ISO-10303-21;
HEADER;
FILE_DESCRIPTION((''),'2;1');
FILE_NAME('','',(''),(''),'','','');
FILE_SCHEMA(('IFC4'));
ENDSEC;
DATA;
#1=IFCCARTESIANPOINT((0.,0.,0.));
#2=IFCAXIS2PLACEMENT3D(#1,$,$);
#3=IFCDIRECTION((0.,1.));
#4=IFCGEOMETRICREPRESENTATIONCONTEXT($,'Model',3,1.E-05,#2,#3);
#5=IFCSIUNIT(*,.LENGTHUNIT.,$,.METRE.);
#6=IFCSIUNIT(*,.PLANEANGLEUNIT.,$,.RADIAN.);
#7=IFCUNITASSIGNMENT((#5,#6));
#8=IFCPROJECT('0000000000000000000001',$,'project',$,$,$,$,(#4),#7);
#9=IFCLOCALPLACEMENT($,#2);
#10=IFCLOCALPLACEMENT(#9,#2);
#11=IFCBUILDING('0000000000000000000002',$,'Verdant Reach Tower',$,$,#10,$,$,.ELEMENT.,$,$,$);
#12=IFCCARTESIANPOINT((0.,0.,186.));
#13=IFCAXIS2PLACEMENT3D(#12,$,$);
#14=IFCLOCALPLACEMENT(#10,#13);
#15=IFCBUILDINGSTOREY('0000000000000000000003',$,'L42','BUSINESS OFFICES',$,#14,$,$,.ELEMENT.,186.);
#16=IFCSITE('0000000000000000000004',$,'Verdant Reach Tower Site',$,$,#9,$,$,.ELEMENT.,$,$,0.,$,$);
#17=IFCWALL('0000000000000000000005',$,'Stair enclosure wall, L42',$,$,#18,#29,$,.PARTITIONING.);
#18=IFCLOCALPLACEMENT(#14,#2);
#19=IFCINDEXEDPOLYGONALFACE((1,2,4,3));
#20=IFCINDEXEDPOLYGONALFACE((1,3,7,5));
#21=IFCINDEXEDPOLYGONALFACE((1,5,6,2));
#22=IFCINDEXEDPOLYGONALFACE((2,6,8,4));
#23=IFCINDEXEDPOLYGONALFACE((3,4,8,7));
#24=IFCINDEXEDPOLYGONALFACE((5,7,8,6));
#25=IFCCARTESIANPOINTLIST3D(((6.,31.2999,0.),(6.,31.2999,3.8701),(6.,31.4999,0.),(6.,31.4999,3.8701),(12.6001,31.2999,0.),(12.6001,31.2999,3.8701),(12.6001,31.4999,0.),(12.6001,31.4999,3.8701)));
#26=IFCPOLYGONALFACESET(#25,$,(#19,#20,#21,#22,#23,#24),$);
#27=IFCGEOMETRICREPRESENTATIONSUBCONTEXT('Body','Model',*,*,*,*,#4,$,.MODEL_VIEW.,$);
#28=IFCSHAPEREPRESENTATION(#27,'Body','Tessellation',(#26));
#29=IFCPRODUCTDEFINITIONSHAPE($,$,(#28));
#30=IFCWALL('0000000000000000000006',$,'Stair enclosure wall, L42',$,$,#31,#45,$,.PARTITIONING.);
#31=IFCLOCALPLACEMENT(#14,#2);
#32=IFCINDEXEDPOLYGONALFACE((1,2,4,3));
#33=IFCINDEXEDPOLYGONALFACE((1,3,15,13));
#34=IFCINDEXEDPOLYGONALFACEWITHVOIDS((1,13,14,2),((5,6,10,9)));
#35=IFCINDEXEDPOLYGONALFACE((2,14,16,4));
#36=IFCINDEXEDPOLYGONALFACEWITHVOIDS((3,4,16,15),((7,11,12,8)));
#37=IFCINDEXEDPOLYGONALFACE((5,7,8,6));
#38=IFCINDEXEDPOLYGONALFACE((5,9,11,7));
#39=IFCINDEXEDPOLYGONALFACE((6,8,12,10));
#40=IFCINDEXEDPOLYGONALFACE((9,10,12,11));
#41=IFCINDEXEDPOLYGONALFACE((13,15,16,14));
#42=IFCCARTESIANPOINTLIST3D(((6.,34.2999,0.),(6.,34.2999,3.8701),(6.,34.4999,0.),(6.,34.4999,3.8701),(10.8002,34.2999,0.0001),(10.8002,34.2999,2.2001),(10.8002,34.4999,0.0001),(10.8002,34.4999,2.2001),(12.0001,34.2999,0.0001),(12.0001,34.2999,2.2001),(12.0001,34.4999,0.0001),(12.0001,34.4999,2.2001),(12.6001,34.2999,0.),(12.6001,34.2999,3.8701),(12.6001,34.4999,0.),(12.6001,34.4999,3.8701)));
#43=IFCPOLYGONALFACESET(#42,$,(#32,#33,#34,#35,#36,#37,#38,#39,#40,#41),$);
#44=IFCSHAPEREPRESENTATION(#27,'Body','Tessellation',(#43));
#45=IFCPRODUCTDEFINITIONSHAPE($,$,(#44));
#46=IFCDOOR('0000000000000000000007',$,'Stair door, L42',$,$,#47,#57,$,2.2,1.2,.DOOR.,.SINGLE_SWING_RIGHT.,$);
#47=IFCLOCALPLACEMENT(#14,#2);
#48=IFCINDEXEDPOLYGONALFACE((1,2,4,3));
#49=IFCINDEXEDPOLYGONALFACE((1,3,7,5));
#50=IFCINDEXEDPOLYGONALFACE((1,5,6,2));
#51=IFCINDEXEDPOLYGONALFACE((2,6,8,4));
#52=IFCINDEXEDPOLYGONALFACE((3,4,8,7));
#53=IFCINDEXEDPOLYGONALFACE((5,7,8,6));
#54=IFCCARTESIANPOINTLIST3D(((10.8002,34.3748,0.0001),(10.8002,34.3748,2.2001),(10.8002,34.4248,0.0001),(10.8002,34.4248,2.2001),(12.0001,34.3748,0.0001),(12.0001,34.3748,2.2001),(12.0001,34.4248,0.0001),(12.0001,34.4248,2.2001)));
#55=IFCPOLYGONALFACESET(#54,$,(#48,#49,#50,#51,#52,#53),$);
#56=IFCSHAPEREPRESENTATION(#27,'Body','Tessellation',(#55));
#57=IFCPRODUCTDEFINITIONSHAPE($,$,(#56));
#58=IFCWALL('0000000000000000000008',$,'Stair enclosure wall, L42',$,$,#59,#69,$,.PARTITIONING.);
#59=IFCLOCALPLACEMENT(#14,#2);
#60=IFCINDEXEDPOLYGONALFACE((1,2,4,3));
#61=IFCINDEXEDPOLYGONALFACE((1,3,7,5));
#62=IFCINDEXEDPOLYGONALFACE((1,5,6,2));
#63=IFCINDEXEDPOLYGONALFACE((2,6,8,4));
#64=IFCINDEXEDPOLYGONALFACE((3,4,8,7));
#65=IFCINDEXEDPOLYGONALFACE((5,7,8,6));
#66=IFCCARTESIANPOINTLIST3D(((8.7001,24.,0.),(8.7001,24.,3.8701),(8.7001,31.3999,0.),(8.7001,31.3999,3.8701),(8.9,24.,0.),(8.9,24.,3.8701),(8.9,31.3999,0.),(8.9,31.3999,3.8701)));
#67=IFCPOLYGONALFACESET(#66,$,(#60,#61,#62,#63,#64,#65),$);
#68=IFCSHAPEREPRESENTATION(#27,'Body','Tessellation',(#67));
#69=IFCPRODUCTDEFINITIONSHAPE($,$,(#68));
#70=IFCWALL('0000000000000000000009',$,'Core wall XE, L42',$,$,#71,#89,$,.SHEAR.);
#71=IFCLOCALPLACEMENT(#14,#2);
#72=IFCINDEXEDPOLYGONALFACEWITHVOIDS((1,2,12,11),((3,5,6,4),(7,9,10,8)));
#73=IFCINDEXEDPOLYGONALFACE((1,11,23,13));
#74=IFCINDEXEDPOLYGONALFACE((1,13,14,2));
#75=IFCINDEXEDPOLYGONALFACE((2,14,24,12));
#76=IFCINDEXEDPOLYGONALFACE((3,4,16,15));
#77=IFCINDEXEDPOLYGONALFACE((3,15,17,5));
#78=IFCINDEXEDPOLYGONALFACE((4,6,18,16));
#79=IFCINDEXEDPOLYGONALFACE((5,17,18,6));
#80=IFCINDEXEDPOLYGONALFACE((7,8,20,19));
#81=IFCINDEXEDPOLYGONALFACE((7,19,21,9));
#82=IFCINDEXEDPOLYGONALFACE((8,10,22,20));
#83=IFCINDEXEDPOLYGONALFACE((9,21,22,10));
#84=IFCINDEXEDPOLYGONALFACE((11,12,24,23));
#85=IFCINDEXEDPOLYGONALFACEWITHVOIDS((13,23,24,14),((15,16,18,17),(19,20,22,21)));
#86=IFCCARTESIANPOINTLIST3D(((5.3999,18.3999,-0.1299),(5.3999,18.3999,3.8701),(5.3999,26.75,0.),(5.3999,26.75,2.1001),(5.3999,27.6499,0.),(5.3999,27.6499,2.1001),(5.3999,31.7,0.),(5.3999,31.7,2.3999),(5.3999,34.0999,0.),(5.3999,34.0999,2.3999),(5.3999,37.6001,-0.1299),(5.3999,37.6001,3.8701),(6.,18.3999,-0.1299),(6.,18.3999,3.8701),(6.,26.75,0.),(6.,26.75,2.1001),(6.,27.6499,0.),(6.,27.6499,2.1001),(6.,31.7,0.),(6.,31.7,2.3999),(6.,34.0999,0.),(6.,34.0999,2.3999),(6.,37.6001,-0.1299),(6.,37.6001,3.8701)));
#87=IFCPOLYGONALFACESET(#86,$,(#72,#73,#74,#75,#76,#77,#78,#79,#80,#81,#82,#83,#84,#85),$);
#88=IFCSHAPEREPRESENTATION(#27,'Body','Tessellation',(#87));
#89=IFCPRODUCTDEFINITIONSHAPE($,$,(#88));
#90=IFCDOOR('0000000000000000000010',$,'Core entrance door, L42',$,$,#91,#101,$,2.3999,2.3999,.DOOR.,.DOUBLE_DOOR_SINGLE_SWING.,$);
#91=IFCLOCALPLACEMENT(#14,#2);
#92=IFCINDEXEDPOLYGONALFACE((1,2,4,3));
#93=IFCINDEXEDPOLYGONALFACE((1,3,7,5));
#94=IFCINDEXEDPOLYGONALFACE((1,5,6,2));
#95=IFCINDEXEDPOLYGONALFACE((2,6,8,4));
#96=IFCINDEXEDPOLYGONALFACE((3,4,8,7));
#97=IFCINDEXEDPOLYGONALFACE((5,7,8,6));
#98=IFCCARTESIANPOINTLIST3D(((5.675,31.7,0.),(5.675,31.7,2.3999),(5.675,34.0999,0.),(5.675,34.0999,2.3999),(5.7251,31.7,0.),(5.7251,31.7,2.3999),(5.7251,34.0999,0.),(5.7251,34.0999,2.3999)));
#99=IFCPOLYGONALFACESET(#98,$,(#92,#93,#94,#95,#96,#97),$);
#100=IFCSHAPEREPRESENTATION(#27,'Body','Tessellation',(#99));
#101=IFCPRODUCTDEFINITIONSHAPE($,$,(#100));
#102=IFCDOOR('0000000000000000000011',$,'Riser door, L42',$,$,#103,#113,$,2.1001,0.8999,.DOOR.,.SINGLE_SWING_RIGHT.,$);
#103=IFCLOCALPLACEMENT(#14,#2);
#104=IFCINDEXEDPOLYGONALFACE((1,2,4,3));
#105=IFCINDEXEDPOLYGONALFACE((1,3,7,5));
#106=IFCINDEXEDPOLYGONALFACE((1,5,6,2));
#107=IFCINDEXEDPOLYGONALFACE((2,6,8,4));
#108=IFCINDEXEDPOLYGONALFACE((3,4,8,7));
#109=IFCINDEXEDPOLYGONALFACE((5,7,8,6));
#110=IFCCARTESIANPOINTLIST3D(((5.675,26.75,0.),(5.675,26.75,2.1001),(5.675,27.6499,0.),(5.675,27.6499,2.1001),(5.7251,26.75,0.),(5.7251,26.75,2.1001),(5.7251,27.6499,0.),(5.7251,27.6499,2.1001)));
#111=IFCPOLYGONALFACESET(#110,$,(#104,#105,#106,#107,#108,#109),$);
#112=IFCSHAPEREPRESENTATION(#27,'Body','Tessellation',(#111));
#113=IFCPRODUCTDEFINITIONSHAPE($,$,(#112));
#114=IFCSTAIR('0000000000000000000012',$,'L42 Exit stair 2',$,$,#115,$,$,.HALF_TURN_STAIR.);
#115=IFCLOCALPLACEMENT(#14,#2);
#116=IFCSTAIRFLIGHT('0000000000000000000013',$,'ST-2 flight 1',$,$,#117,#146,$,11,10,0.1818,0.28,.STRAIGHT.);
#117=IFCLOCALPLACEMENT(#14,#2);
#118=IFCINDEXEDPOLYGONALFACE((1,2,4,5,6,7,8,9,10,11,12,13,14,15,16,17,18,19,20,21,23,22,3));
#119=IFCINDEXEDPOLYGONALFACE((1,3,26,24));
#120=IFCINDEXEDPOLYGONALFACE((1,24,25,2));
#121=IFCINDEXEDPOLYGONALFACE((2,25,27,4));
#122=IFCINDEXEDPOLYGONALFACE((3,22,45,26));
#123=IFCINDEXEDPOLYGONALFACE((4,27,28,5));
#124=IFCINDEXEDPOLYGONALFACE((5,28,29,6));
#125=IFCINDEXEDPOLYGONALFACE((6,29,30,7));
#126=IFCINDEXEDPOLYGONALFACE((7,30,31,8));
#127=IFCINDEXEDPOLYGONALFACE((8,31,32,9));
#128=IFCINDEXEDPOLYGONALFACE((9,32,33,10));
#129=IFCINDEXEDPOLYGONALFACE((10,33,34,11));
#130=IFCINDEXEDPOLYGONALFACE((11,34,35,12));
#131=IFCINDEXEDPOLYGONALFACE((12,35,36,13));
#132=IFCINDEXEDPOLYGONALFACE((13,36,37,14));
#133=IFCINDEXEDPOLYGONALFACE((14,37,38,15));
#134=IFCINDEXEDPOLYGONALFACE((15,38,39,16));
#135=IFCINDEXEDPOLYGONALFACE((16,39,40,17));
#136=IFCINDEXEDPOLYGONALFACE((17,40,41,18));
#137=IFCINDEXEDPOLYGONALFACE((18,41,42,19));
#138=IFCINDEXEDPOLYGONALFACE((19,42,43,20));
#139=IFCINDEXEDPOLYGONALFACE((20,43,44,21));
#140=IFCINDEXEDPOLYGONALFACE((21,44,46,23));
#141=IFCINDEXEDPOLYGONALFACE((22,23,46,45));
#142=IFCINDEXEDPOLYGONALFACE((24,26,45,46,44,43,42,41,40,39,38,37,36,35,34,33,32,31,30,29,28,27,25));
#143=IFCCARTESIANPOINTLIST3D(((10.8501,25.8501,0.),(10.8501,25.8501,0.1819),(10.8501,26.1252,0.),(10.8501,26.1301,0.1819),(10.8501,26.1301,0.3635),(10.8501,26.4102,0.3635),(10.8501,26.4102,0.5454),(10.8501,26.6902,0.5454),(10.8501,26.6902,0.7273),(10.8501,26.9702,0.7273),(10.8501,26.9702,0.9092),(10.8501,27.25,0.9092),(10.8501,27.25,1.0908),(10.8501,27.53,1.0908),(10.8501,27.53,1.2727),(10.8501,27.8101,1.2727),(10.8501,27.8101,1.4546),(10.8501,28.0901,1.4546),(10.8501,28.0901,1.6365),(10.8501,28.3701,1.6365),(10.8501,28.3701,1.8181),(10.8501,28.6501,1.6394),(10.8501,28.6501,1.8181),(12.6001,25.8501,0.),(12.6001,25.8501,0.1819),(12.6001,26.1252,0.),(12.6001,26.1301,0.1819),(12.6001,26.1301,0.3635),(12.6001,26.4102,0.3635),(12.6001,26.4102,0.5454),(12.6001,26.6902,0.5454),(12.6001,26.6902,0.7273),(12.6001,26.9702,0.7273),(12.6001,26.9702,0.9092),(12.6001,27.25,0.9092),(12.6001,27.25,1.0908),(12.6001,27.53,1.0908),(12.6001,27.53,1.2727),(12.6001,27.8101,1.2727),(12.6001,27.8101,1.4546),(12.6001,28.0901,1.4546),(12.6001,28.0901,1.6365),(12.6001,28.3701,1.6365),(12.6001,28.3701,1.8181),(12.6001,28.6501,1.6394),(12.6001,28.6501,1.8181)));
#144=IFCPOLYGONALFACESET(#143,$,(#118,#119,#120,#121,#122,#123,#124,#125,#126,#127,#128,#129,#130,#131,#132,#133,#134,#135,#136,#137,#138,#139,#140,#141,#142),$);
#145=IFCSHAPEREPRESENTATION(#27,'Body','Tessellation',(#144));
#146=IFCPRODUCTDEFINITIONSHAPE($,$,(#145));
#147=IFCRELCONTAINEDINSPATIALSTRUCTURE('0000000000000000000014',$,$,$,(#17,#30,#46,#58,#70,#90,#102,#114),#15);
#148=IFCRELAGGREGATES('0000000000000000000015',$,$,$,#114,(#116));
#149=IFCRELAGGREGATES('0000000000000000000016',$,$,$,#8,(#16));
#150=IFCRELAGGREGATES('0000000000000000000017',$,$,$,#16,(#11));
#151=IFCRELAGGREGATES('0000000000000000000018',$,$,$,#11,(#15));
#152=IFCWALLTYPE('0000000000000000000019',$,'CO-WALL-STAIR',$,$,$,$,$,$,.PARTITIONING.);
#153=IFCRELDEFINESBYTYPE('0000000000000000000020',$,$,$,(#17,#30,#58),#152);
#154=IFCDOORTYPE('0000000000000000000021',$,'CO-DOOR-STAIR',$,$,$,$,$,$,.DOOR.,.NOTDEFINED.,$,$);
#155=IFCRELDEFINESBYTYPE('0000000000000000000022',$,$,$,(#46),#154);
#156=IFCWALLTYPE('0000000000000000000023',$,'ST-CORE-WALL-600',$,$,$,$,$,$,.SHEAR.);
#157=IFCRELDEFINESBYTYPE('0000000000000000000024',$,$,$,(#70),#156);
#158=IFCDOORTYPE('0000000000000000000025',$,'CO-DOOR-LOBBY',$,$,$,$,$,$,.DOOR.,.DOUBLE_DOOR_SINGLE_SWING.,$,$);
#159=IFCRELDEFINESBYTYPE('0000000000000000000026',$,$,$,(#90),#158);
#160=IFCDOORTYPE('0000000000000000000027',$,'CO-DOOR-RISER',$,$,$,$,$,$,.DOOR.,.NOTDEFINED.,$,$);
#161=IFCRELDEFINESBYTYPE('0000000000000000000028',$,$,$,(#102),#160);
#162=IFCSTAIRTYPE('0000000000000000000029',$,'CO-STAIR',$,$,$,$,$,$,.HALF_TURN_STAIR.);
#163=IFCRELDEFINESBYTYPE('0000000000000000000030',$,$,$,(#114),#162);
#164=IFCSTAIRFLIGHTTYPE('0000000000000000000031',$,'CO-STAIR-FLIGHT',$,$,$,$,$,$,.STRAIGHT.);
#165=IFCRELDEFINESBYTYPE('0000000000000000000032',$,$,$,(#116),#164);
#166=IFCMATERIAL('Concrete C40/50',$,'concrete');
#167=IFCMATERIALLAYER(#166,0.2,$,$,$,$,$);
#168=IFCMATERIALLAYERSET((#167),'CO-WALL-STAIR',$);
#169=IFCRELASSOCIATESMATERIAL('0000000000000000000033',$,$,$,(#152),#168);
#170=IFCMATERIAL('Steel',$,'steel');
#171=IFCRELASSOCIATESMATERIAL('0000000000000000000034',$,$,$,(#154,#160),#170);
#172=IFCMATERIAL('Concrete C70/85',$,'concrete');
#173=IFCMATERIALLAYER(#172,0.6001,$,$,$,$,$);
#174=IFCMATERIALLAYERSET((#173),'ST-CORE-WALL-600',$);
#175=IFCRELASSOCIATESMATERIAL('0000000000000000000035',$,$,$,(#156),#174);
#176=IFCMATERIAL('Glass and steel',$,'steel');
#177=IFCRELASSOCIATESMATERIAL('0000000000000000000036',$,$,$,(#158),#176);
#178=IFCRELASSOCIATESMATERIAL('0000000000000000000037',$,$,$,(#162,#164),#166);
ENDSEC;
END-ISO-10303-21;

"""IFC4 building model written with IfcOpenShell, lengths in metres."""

from ifc_helpers import new_model, si_unit, direction, frame, frame_2d, origin, place, context, subcontext, project, spatial, polyline, rectangle, outline, extrude, material, layer, layer_set, type_object, element, fill, aggregate, save


model = new_model("IFC4")

# Units and contexts
model_context = context("Model", 3, precision=1e-05, world=origin(), true_north=direction((0.0, 1.0)))
body_context = subcontext(model_context, "Body", "Model", "MODEL_VIEW")
ifc_project = project(units=[si_unit("LENGTHUNIT", "METRE"), si_unit("PLANEANGLEUNIT", "RADIAN")], contexts=[model_context])

# Site, building, storey
site_placement = place(None, origin())
site = spatial("IfcSite", under=ifc_project, at=site_placement, Name="Verdant Reach Tower Site", CompositionType="ELEMENT", RefElevation=0.0)
building_placement = place(site_placement, origin())
building = spatial("IfcBuilding", under=site, at=building_placement, Name="Verdant Reach Tower", CompositionType="ELEMENT")
storey_placement = place(building_placement, frame((0.0, 0.0, 186.0)))
storey = spatial("IfcBuildingStorey", under=building, at=storey_placement, Name="L42", Description="BUSINESS OFFICES", CompositionType="ELEMENT", Elevation=186.0)

# Shared definitions
ifc_material_1 = material(Name="Concrete C40/50", Category="concrete")

# Shared definitions
ifc_layer_1 = layer(ifc_material_1, 0.2)
ifc_layer_set_1 = layer_set([ifc_layer_1], Name="CO-WALL-STAIR")
wall_type_1 = type_object("IfcWallType", Name="CO-WALL-STAIR", PredefinedType="PARTITIONING", material=ifc_layer_set_1)
ifc_material_2 = material(Name="Steel", Category="steel")
door_type_1 = type_object("IfcDoorType", Name="CO-DOOR-STAIR", OperationType="NOTDEFINED", PredefinedType="DOOR", material=ifc_material_2)

# Wall
wall_1_placement = place(storey_placement, frame((6.0, 31.3999, 0.0), z_axis=(0.0, 0.0, 1.0), x_axis=(1.0, 0.0, 0.0)))
element("IfcWall", 1, at=wall_1_placement, inside=storey, type_object=wall_type_1, Name="Stair enclosure wall, L42", PredefinedType="PARTITIONING", context=body_context, shape_type="SweptSolid", body=[
    extrude(rectangle(XDim=6.6001, YDim=0.2, at=frame_2d((3.3, 0.0))), origin(), (0.0, 0.0, 1.0), 3.8701),
])

# Wall, opening, door
wall_2_placement = place(storey_placement, frame((6.0, 34.3999, 0.0), z_axis=(0.0, 0.0, 1.0), x_axis=(1.0, 0.0, 0.0)))
wall_2 = element("IfcWall", 2, at=wall_2_placement, inside=storey, type_object=wall_type_1, Name="Stair enclosure wall, L42", PredefinedType="PARTITIONING", context=body_context, shape_type="SweptSolid", body=[
    extrude(rectangle(XDim=6.6001, YDim=0.2, at=frame_2d((3.3, 0.0))), origin(), (0.0, 0.0, 1.0), 3.8701),
])
opening_1_placement = place(wall_2_placement, frame((4.8, 0.0, 0.0)))
opening_1 = element("IfcOpeningElement", 3, at=opening_1_placement, cuts=wall_2, PredefinedType="OPENING", context=body_context, shape_type="SweptSolid", body=[
    extrude(rectangle(XDim=1.2, YDim=2.2, at=frame_2d((0.6001, 1.1001))), frame((0.0, 0.1099, 0.0), z_axis=(0.0, -1.0, 0.0), x_axis=(1.0, 0.0, 0.0)), (0.0, 0.0, 1.0), 0.22),
])
door_1_placement = place(opening_1_placement, origin())
door_1 = element("IfcDoor", 4, at=door_1_placement, inside=storey, type_object=door_type_1, Name="Stair door, L42", OperationType="SINGLE_SWING_RIGHT", OverallHeight=2.2, OverallWidth=1.2, PredefinedType="DOOR", context=body_context, shape_type="SweptSolid", body=[
    extrude(rectangle(XDim=1.2, YDim=2.2, at=frame_2d((0.6001, 1.1001))), frame((0.0, 0.0249, 0.0), z_axis=(0.0, -1.0, 0.0), x_axis=(1.0, 0.0, 0.0)), (0.0, 0.0, 1.0), 0.05),
])
fill(opening_1, door_1)

# Wall
wall_3_placement = place(storey_placement, frame((8.8, 24.0, 0.0), z_axis=(0.0, 0.0, 1.0), x_axis=(0.0, 1.0, 0.0)))
element("IfcWall", 5, at=wall_3_placement, inside=storey, type_object=wall_type_1, Name="Stair enclosure wall, L42", PredefinedType="PARTITIONING", context=body_context, shape_type="SweptSolid", body=[
    extrude(rectangle(XDim=7.3999, YDim=0.2, at=frame_2d((3.7, 0.0))), origin(), (0.0, 0.0, 1.0), 3.8701),
])

# Wall, openings, doors
ifc_material_3 = material(Name="Concrete C70/85", Category="concrete")
ifc_layer_2 = layer(ifc_material_3, 0.6001)
ifc_layer_set_2 = layer_set([ifc_layer_2], Name="ST-CORE-WALL-600")
wall_type_2 = type_object("IfcWallType", Name="ST-CORE-WALL-600", PredefinedType="SHEAR", material=ifc_layer_set_2)
wall_4_placement = place(storey_placement, frame((5.7, 18.3999, -0.1299), z_axis=(0.0, 0.0, 1.0), x_axis=(0.0, 1.0, 0.0)))
wall_4 = element("IfcWall", 6, at=wall_4_placement, inside=storey, type_object=wall_type_2, Name="Core wall XE, L42", PredefinedType="SHEAR", context=body_context, shape_type="SweptSolid", body=[
    extrude(rectangle(XDim=19.2002, YDim=0.6001, at=frame_2d((9.6001, 0.0))), origin(), (0.0, 0.0, 1.0), 4.0),
])
opening_2_placement = place(wall_4_placement, frame((8.3501, 0.0, 0.1299)))
opening_2 = element("IfcOpeningElement", 7, at=opening_2_placement, cuts=wall_4, PredefinedType="OPENING", context=body_context, shape_type="SweptSolid", body=[
    extrude(rectangle(XDim=0.8999, YDim=2.1001, at=frame_2d((0.45, 1.05))), frame((0.0, 0.3101, 0.0), z_axis=(0.0, -1.0, 0.0), x_axis=(1.0, 0.0, 0.0)), (0.0, 0.0, 1.0), 0.6201),
])
opening_3_placement = place(wall_4_placement, frame((13.3, 0.0, 0.1299)))
opening_3 = element("IfcOpeningElement", 8, at=opening_3_placement, cuts=wall_4, PredefinedType="OPENING", context=body_context, shape_type="SweptSolid", body=[
    extrude(rectangle(XDim=2.3999, YDim=2.3999, at=frame_2d((1.2, 1.2))), frame((0.0, 0.3101, 0.0), z_axis=(0.0, -1.0, 0.0), x_axis=(1.0, 0.0, 0.0)), (0.0, 0.0, 1.0), 0.6201),
])
ifc_material_4 = material(Name="Glass and steel", Category="steel")
door_type_2 = type_object("IfcDoorType", Name="CO-DOOR-LOBBY", OperationType="DOUBLE_DOOR_SINGLE_SWING", PredefinedType="DOOR", material=ifc_material_4)
door_2_placement = place(opening_3_placement, origin())
door_2 = element("IfcDoor", 9, at=door_2_placement, inside=storey, type_object=door_type_2, Name="Core entrance door, L42", OperationType="DOUBLE_DOOR_SINGLE_SWING", OverallHeight=2.3999, OverallWidth=2.3999, PredefinedType="DOOR", context=body_context, shape_type="SweptSolid", body=[
    extrude(rectangle(XDim=2.3999, YDim=2.3999, at=frame_2d((1.2, 1.2))), frame((0.0, 0.0249, 0.0), z_axis=(0.0, -1.0, 0.0), x_axis=(1.0, 0.0, 0.0)), (0.0, 0.0, 1.0), 0.05),
])
fill(opening_3, door_2)
door_type_3 = type_object("IfcDoorType", Name="CO-DOOR-RISER", OperationType="NOTDEFINED", PredefinedType="DOOR", material=ifc_material_2)
door_3_placement = place(opening_2_placement, origin())
door_3 = element("IfcDoor", 10, at=door_3_placement, inside=storey, type_object=door_type_3, Name="Riser door, L42", OperationType="SINGLE_SWING_RIGHT", OverallHeight=2.1001, OverallWidth=0.8999, PredefinedType="DOOR", context=body_context, shape_type="SweptSolid", body=[
    extrude(rectangle(XDim=0.8999, YDim=2.1001, at=frame_2d((0.45, 1.05))), frame((0.0, 0.0249, 0.0), z_axis=(0.0, -1.0, 0.0), x_axis=(1.0, 0.0, 0.0)), (0.0, 0.0, 1.0), 0.05),
])
fill(opening_2, door_3)

# Stair, stair flight
stair_type = type_object("IfcStairType", Name="CO-STAIR", PredefinedType="HALF_TURN_STAIR", material=ifc_material_1)
stair_1_placement = place(storey_placement, origin())
stair_1 = element("IfcStair", 11, at=stair_1_placement, inside=storey, type_object=stair_type, Name="L42 Exit stair 2", PredefinedType="HALF_TURN_STAIR")
stair_flight_type = type_object("IfcStairFlightType", Name="CO-STAIR-FLIGHT", PredefinedType="STRAIGHT", material=ifc_material_1)
stair_flight_1_placement = place(storey_placement, frame((11.7251, 25.8501, 0.0), z_axis=(0.0, 0.0, 1.0), x_axis=(0.0, 1.0, 0.0)))
stair_flight_1 = element("IfcStairFlight", 12, at=stair_flight_1_placement, type_object=stair_flight_type, Name="ST-2 flight 1", NumberOfRisers=11, NumberOfTreads=10, PredefinedType="STRAIGHT", RiserHeight=0.1818, TreadLength=0.28, context=body_context, shape_type="SweptSolid", body=[
    extrude(outline(polyline([(0.0, 0.0), (0.0, 0.1819), (0.28, 0.1819), (0.28, 0.3635), (0.5601, 0.3635), (0.5601, 0.5454), (0.8401, 0.5454), (0.8401, 0.7273), (1.1201, 0.7273), (1.1201, 0.9092), (1.3999, 0.9092), (1.3999, 1.0908), (1.6799, 1.0908), (1.6799, 1.2727), (1.96, 1.2727), (1.96, 1.4546), (2.24, 1.4546), (2.24, 1.6365), (2.52, 1.6365), (2.52, 1.8181), (2.8, 1.8181), (2.8, 2.0), (2.8, 1.6394), (0.2751, 0.0), (0.0, 0.0)])), frame((0.0, 0.875, 0.0), z_axis=(0.0, -1.0, 0.0), x_axis=(1.0, 0.0, 0.0)), (0.0, 0.0, 1.0), 1.75),
])
aggregate(stair_1, [stair_flight_1])

save(model, "model.ifc")
